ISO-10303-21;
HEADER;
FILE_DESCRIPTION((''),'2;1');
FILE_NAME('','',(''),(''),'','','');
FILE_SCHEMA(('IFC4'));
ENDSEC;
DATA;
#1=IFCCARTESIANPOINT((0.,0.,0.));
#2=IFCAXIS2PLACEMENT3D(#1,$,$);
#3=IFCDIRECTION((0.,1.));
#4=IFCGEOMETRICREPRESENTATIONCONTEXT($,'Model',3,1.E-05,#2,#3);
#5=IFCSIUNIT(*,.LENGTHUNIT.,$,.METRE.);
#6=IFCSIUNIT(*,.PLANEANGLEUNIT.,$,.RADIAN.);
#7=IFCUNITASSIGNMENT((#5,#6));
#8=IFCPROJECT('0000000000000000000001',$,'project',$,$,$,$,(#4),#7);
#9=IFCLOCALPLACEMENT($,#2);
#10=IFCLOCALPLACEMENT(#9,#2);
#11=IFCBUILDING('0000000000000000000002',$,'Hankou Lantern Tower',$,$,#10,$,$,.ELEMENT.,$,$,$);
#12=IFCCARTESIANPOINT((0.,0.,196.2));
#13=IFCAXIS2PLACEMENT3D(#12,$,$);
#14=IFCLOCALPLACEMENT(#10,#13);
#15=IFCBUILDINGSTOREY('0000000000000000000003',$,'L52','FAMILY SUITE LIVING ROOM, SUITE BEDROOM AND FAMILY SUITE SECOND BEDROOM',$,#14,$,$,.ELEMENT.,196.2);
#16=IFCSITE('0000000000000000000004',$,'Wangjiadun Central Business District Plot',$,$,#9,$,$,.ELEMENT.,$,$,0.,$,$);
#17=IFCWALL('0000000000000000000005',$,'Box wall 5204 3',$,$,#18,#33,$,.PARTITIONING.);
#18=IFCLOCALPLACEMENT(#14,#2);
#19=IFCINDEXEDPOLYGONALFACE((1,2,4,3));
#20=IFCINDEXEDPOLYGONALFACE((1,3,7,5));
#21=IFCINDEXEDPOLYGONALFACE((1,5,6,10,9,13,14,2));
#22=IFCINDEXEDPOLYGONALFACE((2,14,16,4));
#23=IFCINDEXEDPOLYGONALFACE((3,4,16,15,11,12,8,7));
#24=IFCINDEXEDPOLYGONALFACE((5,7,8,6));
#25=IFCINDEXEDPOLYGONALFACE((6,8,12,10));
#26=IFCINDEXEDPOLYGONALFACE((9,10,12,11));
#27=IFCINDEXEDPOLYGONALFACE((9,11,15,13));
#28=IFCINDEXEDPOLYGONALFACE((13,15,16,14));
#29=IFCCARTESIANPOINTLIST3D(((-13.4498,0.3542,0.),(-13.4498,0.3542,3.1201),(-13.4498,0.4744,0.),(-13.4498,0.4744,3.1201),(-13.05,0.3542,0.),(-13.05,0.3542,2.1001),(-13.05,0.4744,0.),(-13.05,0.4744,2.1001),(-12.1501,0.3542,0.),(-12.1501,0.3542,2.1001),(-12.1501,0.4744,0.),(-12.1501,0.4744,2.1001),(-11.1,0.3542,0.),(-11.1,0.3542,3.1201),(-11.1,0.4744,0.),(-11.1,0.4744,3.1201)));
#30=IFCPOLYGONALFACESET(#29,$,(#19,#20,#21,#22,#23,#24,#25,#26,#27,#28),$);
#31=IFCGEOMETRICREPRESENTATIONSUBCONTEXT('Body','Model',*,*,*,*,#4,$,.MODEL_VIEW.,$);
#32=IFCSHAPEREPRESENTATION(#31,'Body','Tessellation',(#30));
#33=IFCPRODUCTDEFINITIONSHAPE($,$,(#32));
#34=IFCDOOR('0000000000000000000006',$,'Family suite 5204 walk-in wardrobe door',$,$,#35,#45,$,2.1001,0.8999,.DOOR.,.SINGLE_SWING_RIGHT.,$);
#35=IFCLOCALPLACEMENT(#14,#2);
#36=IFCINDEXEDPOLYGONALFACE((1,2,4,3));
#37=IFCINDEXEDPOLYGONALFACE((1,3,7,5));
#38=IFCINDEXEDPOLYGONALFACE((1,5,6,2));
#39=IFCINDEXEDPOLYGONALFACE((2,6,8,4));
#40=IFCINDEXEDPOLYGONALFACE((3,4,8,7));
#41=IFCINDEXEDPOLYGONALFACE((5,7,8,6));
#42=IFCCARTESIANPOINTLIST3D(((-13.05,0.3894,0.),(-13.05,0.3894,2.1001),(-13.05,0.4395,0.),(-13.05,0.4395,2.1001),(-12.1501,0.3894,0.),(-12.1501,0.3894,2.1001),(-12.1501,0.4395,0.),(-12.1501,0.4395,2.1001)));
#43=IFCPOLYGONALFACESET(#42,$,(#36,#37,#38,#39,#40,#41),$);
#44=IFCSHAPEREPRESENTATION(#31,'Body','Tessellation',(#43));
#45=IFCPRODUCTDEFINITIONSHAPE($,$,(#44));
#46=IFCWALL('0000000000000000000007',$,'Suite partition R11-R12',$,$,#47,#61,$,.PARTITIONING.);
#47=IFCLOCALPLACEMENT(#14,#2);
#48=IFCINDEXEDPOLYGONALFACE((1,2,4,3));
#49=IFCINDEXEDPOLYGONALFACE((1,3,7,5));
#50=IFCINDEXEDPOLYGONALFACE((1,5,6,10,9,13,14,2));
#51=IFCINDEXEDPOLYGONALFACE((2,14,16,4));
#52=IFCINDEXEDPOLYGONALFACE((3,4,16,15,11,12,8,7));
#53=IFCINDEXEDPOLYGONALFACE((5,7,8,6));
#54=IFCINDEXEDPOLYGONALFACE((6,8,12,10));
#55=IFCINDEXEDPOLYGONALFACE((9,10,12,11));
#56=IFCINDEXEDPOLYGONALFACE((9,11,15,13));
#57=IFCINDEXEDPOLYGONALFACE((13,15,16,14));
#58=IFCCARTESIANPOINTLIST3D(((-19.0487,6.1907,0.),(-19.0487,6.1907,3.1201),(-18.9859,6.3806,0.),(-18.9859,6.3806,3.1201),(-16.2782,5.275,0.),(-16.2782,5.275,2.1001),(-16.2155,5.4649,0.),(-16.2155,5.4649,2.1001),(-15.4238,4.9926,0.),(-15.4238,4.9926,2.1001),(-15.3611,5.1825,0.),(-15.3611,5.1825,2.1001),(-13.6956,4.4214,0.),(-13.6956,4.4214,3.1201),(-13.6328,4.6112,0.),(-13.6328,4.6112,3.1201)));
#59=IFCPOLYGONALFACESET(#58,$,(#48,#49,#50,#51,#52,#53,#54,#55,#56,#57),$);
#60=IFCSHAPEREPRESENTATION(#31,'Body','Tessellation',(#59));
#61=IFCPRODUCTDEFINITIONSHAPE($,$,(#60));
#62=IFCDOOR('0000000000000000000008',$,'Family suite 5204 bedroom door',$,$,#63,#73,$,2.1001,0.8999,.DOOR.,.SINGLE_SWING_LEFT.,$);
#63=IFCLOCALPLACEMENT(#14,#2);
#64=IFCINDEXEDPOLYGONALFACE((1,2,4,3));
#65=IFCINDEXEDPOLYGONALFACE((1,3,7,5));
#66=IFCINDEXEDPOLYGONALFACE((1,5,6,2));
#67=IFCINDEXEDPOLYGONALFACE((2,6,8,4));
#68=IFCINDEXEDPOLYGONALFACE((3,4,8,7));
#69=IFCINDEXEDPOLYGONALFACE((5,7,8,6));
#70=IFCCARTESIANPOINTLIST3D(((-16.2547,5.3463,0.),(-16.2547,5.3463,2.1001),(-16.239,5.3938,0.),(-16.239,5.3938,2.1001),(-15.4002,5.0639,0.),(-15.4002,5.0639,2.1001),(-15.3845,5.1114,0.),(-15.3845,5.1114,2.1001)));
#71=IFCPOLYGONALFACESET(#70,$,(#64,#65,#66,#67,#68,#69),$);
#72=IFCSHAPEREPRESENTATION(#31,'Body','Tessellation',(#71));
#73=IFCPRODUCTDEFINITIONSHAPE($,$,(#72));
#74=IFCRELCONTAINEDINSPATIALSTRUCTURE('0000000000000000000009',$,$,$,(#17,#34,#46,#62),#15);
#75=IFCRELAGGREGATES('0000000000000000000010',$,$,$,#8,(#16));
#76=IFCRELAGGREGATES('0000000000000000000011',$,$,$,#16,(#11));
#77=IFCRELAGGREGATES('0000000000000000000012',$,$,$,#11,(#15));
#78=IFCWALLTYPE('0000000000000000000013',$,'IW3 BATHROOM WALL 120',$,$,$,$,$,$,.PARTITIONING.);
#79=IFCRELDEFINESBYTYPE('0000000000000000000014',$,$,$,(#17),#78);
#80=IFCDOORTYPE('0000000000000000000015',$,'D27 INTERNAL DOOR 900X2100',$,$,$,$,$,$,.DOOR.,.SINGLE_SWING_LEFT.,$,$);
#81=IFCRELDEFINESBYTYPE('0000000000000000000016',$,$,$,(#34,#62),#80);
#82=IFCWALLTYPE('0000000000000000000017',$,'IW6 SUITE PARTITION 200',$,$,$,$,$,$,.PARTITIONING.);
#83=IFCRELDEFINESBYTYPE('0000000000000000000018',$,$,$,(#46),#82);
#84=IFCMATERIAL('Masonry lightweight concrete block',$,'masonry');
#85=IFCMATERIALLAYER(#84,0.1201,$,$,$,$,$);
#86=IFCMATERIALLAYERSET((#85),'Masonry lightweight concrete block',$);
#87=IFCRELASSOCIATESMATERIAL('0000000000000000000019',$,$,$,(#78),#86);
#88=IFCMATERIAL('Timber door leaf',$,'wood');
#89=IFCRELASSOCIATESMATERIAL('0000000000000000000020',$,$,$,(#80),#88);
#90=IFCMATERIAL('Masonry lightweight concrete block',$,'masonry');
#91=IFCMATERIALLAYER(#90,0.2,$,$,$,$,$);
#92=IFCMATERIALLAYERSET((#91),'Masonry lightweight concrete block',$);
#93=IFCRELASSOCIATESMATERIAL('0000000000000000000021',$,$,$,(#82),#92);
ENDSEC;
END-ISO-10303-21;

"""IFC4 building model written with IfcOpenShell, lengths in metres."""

from ifc_helpers import new_model, si_unit, direction, frame, frame_2d, origin, place, context, subcontext, project, spatial, rectangle, extrude, material, layer, layer_set, type_object, element, fill, save


model = new_model("IFC4")

# Units and contexts
model_context = context("Model", 3, precision=1e-05, world=origin(), true_north=direction((0.0, 1.0)))
body_context = subcontext(model_context, "Body", "Model", "MODEL_VIEW")
ifc_project = project(units=[si_unit("LENGTHUNIT", "METRE"), si_unit("PLANEANGLEUNIT", "RADIAN")], contexts=[model_context])

# Site, building, storey
site_placement = place(None, origin())
site = spatial("IfcSite", under=ifc_project, at=site_placement, Name="Wangjiadun Central Business District Plot", CompositionType="ELEMENT", RefElevation=0.0)
building_placement = place(site_placement, origin())
building = spatial("IfcBuilding", under=site, at=building_placement, Name="Hankou Lantern Tower", CompositionType="ELEMENT")
storey_placement = place(building_placement, frame((0.0, 0.0, 196.2)))
storey = spatial("IfcBuildingStorey", under=building, at=storey_placement, Name="L52", Description="FAMILY SUITE LIVING ROOM, SUITE BEDROOM AND FAMILY SUITE SECOND BEDROOM", CompositionType="ELEMENT", Elevation=196.2)

# Shared definitions
ifc_material_1 = material(Name="Masonry lightweight concrete block", Category="masonry")
ifc_layer_1 = layer(ifc_material_1, 0.1201)
ifc_layer_set_1 = layer_set([ifc_layer_1], Name="Masonry lightweight concrete block")
wall_type_1 = type_object("IfcWallType", Name="IW3 BATHROOM WALL 120", PredefinedType="PARTITIONING", material=ifc_layer_set_1)

# Walls, openings, doors
wall_1_placement = place(storey_placement, frame((-11.1001, 0.4143, 0.0), z_axis=(0.0, 0.0, 1.0), x_axis=(-1.0, 0.0, 0.0)))
wall_1 = element("IfcWall", 1, at=wall_1_placement, inside=storey, type_object=wall_type_1, Name="Box wall 5204 3", PredefinedType="PARTITIONING", context=body_context, shape_type="SweptSolid", body=[
    extrude(rectangle(XDim=2.3499, YDim=0.1201, at=frame_2d((1.1748, 0.0))), origin(), (0.0, 0.0, 1.0), 3.1201),
])
opening_1_placement = place(wall_1_placement, frame((1.05, 0.0, 0.0)))
opening_1 = element("IfcOpeningElement", 2, at=opening_1_placement, cuts=wall_1, PredefinedType="OPENING", context=body_context, shape_type="SweptSolid", body=[
    extrude(rectangle(XDim=0.8999, YDim=2.1001, at=frame_2d((0.45, 1.05))), frame((0.0, 0.0701, 0.0), z_axis=(0.0, -1.0, 0.0), x_axis=(1.0, 0.0, 0.0)), (0.0, 0.0, 1.0), 0.1401),
])
ifc_material_2 = material(Name="Timber door leaf", Category="wood")
door_type_1 = type_object("IfcDoorType", Name="D27 INTERNAL DOOR 900X2100", OperationType="SINGLE_SWING_LEFT", PredefinedType="DOOR", material=ifc_material_2)
door_1_placement = place(opening_1_placement, origin())
door_1 = element("IfcDoor", 3, at=door_1_placement, inside=storey, type_object=door_type_1, Name="Family suite 5204 walk-in wardrobe door", OperationType="SINGLE_SWING_RIGHT", OverallHeight=2.1001, OverallWidth=0.8999, PredefinedType="DOOR", context=body_context, shape_type="SweptSolid", body=[
    extrude(rectangle(XDim=0.8999, YDim=2.1001, at=frame_2d((0.45, 1.05))), frame((0.0, 0.0249, 0.0), z_axis=(0.0, -1.0, 0.0), x_axis=(1.0, 0.0, 0.0)), (0.0, 0.0, 1.0), 0.05),
])
fill(opening_1, door_1)
ifc_material_3 = material(Name="Masonry lightweight concrete block", Category="masonry")
ifc_layer_2 = layer(ifc_material_3, 0.2)
ifc_layer_set_2 = layer_set([ifc_layer_2], Name="Masonry lightweight concrete block")
wall_type_2 = type_object("IfcWallType", Name="IW6 SUITE PARTITION 200", PredefinedType="PARTITIONING", material=ifc_layer_set_2)
wall_2_placement = place(storey_placement, frame((-13.6643, 4.5164, 0.0), z_axis=(0.0, 0.0, 1.0), x_axis=(-0.949481, 0.313823, 0.0)))
wall_2 = element("IfcWall", 4, at=wall_2_placement, inside=storey, type_object=wall_type_2, Name="Suite partition R11-R12", PredefinedType="PARTITIONING", context=body_context, shape_type="SweptSolid", body=[
    extrude(rectangle(XDim=5.6379, YDim=0.2, at=frame_2d((2.8188, 0.0))), origin(), (0.0, 0.0, 1.0), 3.1201),
])
opening_2_placement = place(wall_2_placement, frame((1.8201, 0.0, 0.0)))
opening_2 = element("IfcOpeningElement", 5, at=opening_2_placement, cuts=wall_2, PredefinedType="OPENING", context=body_context, shape_type="SweptSolid", body=[
    extrude(rectangle(XDim=0.8999, YDim=2.1001, at=frame_2d((0.45, 1.05))), frame((0.0, 0.1099, 0.0), z_axis=(0.0, -1.0, 0.0), x_axis=(1.0, 0.0, 0.0)), (0.0, 0.0, 1.0), 0.22),
])
door_2_placement = place(opening_2_placement, origin())
door_2 = element("IfcDoor", 6, at=door_2_placement, inside=storey, type_object=door_type_1, Name="Family suite 5204 bedroom door", OperationType="SINGLE_SWING_LEFT", OverallHeight=2.1001, OverallWidth=0.8999, PredefinedType="DOOR", context=body_context, shape_type="SweptSolid", body=[
    extrude(rectangle(XDim=0.8999, YDim=2.1001, at=frame_2d((0.45, 1.05))), frame((0.0, 0.0249, 0.0), z_axis=(0.0, -1.0, 0.0), x_axis=(1.0, 0.0, 0.0)), (0.0, 0.0, 1.0), 0.05),
])
fill(opening_2, door_2)

save(model, "model.ifc")
